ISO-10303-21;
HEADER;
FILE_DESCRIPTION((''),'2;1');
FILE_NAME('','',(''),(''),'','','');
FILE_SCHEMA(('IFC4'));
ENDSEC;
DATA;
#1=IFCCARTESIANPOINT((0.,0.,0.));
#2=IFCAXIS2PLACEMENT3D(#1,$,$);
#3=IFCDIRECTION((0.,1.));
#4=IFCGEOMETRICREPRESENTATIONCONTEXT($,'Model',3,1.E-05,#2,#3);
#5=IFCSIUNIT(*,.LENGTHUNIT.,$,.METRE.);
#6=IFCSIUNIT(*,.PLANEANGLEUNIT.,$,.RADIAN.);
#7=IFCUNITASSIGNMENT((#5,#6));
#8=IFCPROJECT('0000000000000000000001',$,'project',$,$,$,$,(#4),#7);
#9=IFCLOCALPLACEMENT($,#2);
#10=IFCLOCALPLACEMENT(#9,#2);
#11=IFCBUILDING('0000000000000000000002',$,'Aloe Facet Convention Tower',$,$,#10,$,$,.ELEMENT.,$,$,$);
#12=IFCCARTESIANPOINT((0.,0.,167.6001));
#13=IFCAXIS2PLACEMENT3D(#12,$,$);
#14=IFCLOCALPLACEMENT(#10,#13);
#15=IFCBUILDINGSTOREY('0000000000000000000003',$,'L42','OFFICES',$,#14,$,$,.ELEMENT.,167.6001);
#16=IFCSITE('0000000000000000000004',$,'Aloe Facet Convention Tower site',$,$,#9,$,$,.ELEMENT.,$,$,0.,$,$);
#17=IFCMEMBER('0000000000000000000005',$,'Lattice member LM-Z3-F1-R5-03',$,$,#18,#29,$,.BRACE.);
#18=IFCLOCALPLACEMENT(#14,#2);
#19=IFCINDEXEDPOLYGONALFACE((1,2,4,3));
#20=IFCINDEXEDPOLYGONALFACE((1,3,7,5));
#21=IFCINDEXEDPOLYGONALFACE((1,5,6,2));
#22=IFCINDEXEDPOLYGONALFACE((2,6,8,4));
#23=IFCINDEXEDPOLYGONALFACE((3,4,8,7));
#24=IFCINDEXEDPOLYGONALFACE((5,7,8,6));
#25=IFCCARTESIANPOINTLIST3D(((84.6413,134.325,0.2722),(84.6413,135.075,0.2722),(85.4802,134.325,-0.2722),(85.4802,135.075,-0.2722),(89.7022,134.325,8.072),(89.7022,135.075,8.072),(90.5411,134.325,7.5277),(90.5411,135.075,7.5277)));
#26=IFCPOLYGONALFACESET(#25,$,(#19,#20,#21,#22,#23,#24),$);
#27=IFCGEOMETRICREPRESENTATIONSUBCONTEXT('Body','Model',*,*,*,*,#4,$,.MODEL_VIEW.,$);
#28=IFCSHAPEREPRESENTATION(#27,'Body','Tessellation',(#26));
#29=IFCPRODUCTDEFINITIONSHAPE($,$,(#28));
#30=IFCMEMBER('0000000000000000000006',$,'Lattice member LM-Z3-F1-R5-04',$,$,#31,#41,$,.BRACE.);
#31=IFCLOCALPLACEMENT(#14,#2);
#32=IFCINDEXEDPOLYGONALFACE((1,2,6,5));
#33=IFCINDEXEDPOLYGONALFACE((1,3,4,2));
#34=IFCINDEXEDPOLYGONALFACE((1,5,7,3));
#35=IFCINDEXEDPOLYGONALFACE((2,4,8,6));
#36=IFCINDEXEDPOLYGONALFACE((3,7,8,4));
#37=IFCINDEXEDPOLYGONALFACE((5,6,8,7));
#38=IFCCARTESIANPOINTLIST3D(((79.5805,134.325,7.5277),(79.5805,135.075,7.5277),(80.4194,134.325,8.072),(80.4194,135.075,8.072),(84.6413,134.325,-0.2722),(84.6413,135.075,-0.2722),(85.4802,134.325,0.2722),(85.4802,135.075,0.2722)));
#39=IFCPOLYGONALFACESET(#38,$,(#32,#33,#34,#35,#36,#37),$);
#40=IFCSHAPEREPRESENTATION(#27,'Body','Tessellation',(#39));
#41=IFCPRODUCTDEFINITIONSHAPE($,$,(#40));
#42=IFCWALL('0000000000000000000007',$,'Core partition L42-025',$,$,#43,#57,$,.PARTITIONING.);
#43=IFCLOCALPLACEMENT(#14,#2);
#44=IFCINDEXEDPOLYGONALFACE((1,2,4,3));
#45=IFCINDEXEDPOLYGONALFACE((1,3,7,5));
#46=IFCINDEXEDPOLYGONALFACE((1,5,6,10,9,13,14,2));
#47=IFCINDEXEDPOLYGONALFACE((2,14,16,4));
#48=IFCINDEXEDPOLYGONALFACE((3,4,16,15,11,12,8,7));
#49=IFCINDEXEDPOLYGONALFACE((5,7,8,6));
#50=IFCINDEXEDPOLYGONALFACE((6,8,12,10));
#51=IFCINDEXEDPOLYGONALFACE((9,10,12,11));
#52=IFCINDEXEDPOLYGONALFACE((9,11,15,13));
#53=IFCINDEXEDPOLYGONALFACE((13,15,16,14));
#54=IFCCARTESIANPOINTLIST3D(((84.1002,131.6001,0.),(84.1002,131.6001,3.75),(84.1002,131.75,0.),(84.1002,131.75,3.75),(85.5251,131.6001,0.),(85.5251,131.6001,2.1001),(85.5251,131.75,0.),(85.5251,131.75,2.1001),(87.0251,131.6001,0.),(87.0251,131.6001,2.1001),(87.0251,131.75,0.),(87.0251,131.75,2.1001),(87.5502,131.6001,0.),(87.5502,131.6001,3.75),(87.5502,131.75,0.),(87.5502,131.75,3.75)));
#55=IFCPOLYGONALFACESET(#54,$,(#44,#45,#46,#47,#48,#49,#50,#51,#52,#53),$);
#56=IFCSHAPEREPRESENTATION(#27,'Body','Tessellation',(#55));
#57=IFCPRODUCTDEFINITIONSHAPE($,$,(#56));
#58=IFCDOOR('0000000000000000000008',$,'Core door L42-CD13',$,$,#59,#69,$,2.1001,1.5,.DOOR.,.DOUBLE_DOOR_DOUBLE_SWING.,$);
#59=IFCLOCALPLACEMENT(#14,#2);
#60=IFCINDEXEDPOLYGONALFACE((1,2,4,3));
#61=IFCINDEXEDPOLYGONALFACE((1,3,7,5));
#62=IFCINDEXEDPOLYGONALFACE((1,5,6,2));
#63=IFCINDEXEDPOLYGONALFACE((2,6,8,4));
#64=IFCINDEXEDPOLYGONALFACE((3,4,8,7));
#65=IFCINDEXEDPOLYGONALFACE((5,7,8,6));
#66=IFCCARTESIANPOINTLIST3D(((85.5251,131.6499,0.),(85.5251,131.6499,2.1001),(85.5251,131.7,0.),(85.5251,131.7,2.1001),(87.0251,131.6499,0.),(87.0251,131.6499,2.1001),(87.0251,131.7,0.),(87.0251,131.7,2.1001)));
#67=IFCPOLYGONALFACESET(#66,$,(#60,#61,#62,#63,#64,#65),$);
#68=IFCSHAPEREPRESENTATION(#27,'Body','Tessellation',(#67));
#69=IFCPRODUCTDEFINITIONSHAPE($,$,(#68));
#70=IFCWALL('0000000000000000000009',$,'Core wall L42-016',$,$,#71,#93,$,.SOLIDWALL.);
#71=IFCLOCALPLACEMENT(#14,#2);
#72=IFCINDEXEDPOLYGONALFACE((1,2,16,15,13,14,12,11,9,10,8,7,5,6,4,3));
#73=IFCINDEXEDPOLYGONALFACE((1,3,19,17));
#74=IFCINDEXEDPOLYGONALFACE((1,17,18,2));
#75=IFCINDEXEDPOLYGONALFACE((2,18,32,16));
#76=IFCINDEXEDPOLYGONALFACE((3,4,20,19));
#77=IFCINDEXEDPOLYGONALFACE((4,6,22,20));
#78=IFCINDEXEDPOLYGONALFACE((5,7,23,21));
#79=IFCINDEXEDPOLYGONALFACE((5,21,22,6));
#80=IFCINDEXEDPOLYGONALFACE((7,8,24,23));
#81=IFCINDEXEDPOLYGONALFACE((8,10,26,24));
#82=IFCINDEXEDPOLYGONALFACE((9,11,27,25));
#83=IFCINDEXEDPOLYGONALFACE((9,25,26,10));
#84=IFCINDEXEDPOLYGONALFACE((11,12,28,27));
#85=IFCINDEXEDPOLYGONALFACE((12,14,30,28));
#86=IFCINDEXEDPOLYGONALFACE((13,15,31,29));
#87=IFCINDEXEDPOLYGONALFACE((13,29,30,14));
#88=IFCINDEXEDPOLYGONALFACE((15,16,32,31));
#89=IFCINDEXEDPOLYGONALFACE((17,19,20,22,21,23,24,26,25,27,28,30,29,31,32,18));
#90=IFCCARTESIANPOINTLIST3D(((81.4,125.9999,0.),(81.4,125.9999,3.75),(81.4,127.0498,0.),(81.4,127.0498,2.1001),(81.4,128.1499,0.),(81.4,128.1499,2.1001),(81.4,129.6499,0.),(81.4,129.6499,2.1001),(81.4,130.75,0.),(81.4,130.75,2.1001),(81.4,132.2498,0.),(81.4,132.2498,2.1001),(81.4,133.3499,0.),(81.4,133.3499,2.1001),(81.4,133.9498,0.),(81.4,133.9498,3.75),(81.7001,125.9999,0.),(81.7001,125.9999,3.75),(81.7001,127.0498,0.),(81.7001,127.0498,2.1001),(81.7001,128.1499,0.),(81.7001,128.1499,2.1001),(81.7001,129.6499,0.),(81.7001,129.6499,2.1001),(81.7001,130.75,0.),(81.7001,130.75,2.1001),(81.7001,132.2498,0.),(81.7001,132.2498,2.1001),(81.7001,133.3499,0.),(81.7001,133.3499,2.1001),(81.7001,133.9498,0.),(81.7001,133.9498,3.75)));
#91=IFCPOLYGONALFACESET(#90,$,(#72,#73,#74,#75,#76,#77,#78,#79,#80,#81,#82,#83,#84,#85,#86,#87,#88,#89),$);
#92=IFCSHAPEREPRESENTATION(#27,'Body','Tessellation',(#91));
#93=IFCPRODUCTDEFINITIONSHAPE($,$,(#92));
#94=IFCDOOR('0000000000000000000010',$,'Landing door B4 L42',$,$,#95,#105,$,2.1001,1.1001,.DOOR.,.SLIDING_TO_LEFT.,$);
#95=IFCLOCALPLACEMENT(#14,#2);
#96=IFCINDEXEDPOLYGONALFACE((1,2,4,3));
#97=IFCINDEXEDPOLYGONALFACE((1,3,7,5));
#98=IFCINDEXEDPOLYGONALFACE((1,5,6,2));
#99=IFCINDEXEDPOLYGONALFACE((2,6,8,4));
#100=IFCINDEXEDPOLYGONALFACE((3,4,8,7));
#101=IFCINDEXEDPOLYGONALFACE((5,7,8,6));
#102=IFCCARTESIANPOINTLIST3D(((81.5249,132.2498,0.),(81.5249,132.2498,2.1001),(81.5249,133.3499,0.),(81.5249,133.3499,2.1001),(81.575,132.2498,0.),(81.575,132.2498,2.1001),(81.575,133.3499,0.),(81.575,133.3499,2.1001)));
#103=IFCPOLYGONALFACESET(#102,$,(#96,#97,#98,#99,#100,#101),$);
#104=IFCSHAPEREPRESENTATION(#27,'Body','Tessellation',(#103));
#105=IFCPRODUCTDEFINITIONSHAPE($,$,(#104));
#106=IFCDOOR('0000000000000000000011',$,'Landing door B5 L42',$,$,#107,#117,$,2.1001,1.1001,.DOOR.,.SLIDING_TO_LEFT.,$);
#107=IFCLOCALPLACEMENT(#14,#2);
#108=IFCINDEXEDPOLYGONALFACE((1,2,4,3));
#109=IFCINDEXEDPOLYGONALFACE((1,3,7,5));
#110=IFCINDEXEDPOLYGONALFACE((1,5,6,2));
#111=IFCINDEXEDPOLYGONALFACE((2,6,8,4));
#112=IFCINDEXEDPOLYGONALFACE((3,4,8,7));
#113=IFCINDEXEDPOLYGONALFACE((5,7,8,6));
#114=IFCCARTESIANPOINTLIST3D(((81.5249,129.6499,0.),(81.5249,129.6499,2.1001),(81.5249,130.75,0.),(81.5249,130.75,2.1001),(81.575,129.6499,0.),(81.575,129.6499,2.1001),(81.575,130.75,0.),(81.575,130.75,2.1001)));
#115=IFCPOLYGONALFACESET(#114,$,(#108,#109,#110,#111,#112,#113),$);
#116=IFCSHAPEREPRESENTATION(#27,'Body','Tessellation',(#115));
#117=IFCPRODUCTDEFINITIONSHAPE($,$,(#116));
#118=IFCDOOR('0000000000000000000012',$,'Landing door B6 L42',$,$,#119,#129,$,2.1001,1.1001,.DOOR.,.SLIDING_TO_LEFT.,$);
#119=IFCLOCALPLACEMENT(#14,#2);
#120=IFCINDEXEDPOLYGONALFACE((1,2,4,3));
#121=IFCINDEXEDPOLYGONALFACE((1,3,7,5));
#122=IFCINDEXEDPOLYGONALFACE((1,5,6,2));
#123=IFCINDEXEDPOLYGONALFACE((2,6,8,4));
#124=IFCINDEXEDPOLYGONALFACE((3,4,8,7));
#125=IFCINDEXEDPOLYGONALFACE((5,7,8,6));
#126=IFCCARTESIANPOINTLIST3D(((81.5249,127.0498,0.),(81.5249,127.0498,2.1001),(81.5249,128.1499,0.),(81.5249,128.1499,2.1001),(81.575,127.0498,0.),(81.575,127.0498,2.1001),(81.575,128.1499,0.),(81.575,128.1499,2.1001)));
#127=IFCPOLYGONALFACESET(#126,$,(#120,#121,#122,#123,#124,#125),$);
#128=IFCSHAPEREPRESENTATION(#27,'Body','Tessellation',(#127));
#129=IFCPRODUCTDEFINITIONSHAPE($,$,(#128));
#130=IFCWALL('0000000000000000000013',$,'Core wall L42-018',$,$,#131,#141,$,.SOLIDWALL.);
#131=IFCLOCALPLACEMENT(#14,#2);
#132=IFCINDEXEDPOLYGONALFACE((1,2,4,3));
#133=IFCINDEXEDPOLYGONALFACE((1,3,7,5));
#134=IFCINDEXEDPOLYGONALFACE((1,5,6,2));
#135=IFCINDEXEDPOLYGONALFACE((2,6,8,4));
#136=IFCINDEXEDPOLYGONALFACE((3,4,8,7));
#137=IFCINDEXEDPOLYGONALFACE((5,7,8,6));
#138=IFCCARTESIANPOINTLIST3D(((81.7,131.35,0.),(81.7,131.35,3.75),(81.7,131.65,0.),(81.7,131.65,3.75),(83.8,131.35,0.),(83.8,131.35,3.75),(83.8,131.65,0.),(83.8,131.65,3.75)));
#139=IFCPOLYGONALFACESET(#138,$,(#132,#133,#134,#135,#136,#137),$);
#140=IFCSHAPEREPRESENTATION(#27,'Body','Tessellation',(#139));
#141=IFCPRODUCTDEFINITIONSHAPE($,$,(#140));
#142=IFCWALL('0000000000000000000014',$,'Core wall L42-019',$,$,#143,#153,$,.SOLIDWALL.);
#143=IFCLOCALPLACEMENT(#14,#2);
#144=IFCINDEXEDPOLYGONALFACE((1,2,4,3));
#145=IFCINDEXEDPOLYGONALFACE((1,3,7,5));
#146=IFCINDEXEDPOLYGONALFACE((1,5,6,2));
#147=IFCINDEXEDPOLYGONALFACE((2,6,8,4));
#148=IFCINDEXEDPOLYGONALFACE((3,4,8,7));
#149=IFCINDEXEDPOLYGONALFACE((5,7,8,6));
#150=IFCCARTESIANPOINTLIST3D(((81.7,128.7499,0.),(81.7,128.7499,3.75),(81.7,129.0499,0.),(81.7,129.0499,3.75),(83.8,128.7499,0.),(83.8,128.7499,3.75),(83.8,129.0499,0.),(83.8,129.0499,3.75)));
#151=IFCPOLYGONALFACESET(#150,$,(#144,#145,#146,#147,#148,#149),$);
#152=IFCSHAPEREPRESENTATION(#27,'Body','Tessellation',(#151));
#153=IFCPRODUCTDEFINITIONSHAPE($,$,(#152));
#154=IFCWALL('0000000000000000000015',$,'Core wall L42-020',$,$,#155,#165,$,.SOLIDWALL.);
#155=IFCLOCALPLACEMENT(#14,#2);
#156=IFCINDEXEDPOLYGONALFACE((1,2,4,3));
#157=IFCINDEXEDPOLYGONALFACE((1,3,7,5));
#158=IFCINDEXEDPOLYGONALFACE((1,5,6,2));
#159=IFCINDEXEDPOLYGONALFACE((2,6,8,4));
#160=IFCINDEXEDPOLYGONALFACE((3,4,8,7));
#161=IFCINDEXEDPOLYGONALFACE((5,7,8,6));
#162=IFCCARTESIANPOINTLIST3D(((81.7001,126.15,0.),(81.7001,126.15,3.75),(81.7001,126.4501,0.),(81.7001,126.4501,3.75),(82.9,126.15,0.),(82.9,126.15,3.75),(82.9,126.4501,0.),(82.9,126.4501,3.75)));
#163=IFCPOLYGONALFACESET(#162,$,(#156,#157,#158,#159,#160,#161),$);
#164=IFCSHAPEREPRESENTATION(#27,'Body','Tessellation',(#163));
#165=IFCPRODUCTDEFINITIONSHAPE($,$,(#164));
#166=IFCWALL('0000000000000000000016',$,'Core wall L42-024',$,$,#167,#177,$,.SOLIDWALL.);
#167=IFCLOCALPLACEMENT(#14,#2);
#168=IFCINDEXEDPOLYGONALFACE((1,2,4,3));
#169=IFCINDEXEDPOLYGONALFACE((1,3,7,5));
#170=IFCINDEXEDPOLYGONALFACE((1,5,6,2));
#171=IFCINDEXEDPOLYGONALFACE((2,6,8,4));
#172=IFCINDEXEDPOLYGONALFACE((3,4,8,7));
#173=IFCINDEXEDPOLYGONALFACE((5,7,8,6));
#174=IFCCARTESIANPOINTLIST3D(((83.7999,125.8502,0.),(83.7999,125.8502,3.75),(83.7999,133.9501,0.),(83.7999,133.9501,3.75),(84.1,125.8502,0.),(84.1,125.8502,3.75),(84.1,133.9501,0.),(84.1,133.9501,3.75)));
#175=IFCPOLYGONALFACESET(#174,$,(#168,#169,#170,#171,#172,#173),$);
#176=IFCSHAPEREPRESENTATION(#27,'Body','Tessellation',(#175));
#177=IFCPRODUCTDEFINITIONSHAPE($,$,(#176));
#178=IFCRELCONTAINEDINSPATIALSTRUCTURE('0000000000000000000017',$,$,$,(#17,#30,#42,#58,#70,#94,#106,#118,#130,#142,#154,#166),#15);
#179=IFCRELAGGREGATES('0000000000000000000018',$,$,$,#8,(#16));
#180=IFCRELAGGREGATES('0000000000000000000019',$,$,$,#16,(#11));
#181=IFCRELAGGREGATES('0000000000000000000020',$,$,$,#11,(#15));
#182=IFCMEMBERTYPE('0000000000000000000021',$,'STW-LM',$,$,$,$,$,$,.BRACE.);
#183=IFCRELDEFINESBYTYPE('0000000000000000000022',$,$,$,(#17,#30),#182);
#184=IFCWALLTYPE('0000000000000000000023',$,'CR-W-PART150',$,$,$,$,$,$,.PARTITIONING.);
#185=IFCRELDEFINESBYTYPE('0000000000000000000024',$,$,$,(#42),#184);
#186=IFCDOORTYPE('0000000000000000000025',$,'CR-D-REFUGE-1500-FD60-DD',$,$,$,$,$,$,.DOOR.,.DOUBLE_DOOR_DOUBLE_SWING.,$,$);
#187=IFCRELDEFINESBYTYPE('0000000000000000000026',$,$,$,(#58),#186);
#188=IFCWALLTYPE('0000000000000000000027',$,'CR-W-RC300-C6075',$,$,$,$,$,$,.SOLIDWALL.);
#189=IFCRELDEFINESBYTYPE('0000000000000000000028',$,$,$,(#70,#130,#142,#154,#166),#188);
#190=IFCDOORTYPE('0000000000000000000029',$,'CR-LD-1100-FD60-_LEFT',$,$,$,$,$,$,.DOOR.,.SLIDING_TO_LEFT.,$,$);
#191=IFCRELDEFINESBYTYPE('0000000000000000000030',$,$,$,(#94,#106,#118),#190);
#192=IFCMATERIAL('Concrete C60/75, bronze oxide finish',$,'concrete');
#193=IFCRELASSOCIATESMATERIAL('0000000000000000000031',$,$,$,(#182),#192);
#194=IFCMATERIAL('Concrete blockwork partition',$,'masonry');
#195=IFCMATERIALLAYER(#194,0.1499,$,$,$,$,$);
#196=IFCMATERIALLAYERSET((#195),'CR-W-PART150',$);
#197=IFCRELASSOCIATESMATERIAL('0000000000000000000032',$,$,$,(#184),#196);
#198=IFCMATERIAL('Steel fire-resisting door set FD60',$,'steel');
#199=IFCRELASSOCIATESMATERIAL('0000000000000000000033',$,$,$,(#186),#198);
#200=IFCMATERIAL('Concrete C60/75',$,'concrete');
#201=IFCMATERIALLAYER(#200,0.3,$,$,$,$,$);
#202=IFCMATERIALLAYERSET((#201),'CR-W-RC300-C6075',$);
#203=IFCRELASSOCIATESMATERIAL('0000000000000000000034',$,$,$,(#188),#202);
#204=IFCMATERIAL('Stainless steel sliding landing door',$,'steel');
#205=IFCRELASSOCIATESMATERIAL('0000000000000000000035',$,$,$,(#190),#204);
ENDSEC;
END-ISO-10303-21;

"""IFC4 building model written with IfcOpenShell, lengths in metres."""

from ifc_helpers import new_model, si_unit, direction, frame, frame_2d, origin, origin_2d, place, context, subcontext, project, spatial, rectangle, extrude, material, layer, layer_set, material_profile, profile_set, type_object, element, fill, save


model = new_model("IFC4")

# Units and contexts
model_context = context("Model", 3, precision=1e-05, world=origin(), true_north=direction((0.0, 1.0)))
body_context = subcontext(model_context, "Body", "Model", "MODEL_VIEW")
ifc_project = project(units=[si_unit("LENGTHUNIT", "METRE"), si_unit("PLANEANGLEUNIT", "RADIAN")], contexts=[model_context])

# Site, building, storey
site_placement = place(None, origin())
site = spatial("IfcSite", under=ifc_project, at=site_placement, Name="Aloe Facet Convention Tower site", CompositionType="ELEMENT", RefElevation=0.0)
building_placement = place(site_placement, origin())
building = spatial("IfcBuilding", under=site, at=building_placement, Name="Aloe Facet Convention Tower", CompositionType="ELEMENT")
storey_placement = place(building_placement, frame((0.0, 0.0, 167.6001)))
storey = spatial("IfcBuildingStorey", under=building, at=storey_placement, Name="L42", Description="OFFICES", CompositionType="ELEMENT", Elevation=167.6001)

# Members
ifc_material_1 = material(Name="Concrete C60/75, bronze oxide finish", Category="concrete")
ifc_material_profile = material_profile(ifc_material_1, rectangle(XDim=0.75, YDim=1.0, at=origin_2d()), Name="STW-LM")
ifc_profile_set = profile_set([ifc_material_profile], Name="Concrete C60/75, bronze oxide finish")
member_type = type_object("IfcMemberType", Name="STW-LM", PredefinedType="BRACE", material=ifc_profile_set)
for number, where, z_axis, x_axis, name in (
    (1, (85.0608, 134.7, 0.0), (0.544301, 0.0, 0.83889), (0.0, 1.0, 0.0), "Lattice member LM-Z3-F1-R5-03"),
    (2, (85.0608, 134.7, 0.0), (-0.544301, 0.0, 0.83889), (0.0, -1.0, 0.0), "Lattice member LM-Z3-F1-R5-04"),
):
    element("IfcMember", number, at=place(storey_placement, frame(where, z_axis=z_axis, x_axis=x_axis)), inside=storey, type_object=member_type, Name=name, PredefinedType="BRACE", context=body_context, shape_type="SweptSolid", body=[
        extrude(rectangle(XDim=0.75, YDim=1.0, at=origin_2d()), origin(), (0.0, 0.0, 1.0), 9.2979),
    ])

# Wall, opening, door
ifc_material_2 = material(Name="Concrete blockwork partition", Category="masonry")
ifc_layer_1 = layer(ifc_material_2, 0.1499)
ifc_layer_set_1 = layer_set([ifc_layer_1], Name="CR-W-PART150")
wall_type_1 = type_object("IfcWallType", Name="CR-W-PART150", PredefinedType="PARTITIONING", material=ifc_layer_set_1)
wall_1_placement = place(storey_placement, frame((84.1001, 131.675, 0.0), z_axis=(0.0, 0.0, 1.0), x_axis=(1.0, 0.0, 0.0)))
wall_1 = element("IfcWall", 3, at=wall_1_placement, inside=storey, type_object=wall_type_1, Name="Core partition L42-025", PredefinedType="PARTITIONING", context=body_context, shape_type="SweptSolid", body=[
    extrude(rectangle(XDim=3.45, YDim=0.1499, at=frame_2d((1.7251, 0.0))), origin(), (0.0, 0.0, 1.0), 3.75),
])
opening_1_placement = place(wall_1_placement, frame((1.425, 0.0, 0.0)))
opening_1 = element("IfcOpeningElement", 4, at=opening_1_placement, cuts=wall_1, PredefinedType="OPENING", context=body_context, shape_type="SweptSolid", body=[
    extrude(rectangle(XDim=1.5, YDim=2.1001, at=frame_2d((0.75, 1.05))), frame((0.0, 0.085, 0.0), z_axis=(0.0, -1.0, 0.0), x_axis=(1.0, 0.0, 0.0)), (0.0, 0.0, 1.0), 0.1699),
])
ifc_material_3 = material(Name="Steel fire-resisting door set FD60", Category="steel")
door_type_1 = type_object("IfcDoorType", Name="CR-D-REFUGE-1500-FD60-DD", OperationType="DOUBLE_DOOR_DOUBLE_SWING", PredefinedType="DOOR", material=ifc_material_3)
door_1_placement = place(opening_1_placement, origin())
door_1 = element("IfcDoor", 5, at=door_1_placement, inside=storey, type_object=door_type_1, Name="Core door L42-CD13", OperationType="DOUBLE_DOOR_DOUBLE_SWING", OverallHeight=2.1001, OverallWidth=1.5, PredefinedType="DOOR", context=body_context, shape_type="SweptSolid", body=[
    extrude(rectangle(XDim=1.5, YDim=2.1001, at=frame_2d((0.75, 1.05))), frame((0.0, 0.0249, 0.0), z_axis=(0.0, -1.0, 0.0), x_axis=(1.0, 0.0, 0.0)), (0.0, 0.0, 1.0), 0.05),
])
fill(opening_1, door_1)

# Wall, openings, doors
ifc_material_4 = material(Name="Concrete C60/75", Category="concrete")
ifc_layer_2 = layer(ifc_material_4, 0.3)
ifc_layer_set_2 = layer_set([ifc_layer_2], Name="CR-W-RC300-C6075")
wall_type_2 = type_object("IfcWallType", Name="CR-W-RC300-C6075", PredefinedType="SOLIDWALL", material=ifc_layer_set_2)
wall_2_placement = place(storey_placement, frame((81.55, 133.95, 0.0), z_axis=(0.0, 0.0, 1.0), x_axis=(0.0, -1.0, 0.0)))
wall_2 = element("IfcWall", 6, at=wall_2_placement, inside=storey, type_object=wall_type_2, Name="Core wall L42-016", PredefinedType="SOLIDWALL", context=body_context, shape_type="SweptSolid", body=[
    extrude(rectangle(XDim=7.95, YDim=0.3, at=frame_2d((3.9751, 0.0))), origin(), (0.0, 0.0, 1.0), 3.75),
])
opening_2_placement = place(wall_2_placement, frame((0.6001, 0.0, 0.0)))
opening_2 = element("IfcOpeningElement", 7, at=opening_2_placement, cuts=wall_2, PredefinedType="OPENING", context=body_context, shape_type="SweptSolid", body=[
    extrude(rectangle(XDim=1.1001, YDim=2.1001, at=frame_2d((0.55, 1.05))), frame((0.0, 0.1602, 0.0), z_axis=(0.0, -1.0, 0.0), x_axis=(1.0, 0.0, 0.0)), (0.0, 0.0, 1.0), 0.3201),
])
opening_3_placement = place(wall_2_placement, frame((3.2, 0.0, 0.0)))
opening_3 = element("IfcOpeningElement", 8, at=opening_3_placement, cuts=wall_2, PredefinedType="OPENING", context=body_context, shape_type="SweptSolid", body=[
    extrude(rectangle(XDim=1.1001, YDim=2.1001, at=frame_2d((0.55, 1.05))), frame((0.0, 0.1602, 0.0), z_axis=(0.0, -1.0, 0.0), x_axis=(1.0, 0.0, 0.0)), (0.0, 0.0, 1.0), 0.3201),
])
opening_4_placement = place(wall_2_placement, frame((5.8, 0.0, 0.0)))
opening_4 = element("IfcOpeningElement", 9, at=opening_4_placement, cuts=wall_2, PredefinedType="OPENING", context=body_context, shape_type="SweptSolid", body=[
    extrude(rectangle(XDim=1.1001, YDim=2.1001, at=frame_2d((0.55, 1.05))), frame((0.0, 0.1602, 0.0), z_axis=(0.0, -1.0, 0.0), x_axis=(1.0, 0.0, 0.0)), (0.0, 0.0, 1.0), 0.3201),
])
ifc_material_5 = material(Name="Stainless steel sliding landing door", Category="steel")
door_type_2 = type_object("IfcDoorType", Name="CR-LD-1100-FD60-_LEFT", OperationType="SLIDING_TO_LEFT", PredefinedType="DOOR", material=ifc_material_5)
door_2_placement = place(opening_2_placement, origin())
door_2 = element("IfcDoor", 10, at=door_2_placement, inside=storey, type_object=door_type_2, Name="Landing door B4 L42", OperationType="SLIDING_TO_LEFT", OverallHeight=2.1001, OverallWidth=1.1001, PredefinedType="DOOR", context=body_context, shape_type="SweptSolid", body=[
    extrude(rectangle(XDim=1.1001, YDim=2.1001, at=frame_2d((0.55, 1.05))), frame((0.0, 0.0249, 0.0), z_axis=(0.0, -1.0, 0.0), x_axis=(1.0, 0.0, 0.0)), (0.0, 0.0, 1.0), 0.05),
])
fill(opening_2, door_2)
door_3_placement = place(opening_3_placement, origin())
door_3 = element("IfcDoor", 11, at=door_3_placement, inside=storey, type_object=door_type_2, Name="Landing door B5 L42", OperationType="SLIDING_TO_LEFT", OverallHeight=2.1001, OverallWidth=1.1001, PredefinedType="DOOR", context=body_context, shape_type="SweptSolid", body=[
    extrude(rectangle(XDim=1.1001, YDim=2.1001, at=frame_2d((0.55, 1.05))), frame((0.0, 0.0249, 0.0), z_axis=(0.0, -1.0, 0.0), x_axis=(1.0, 0.0, 0.0)), (0.0, 0.0, 1.0), 0.05),
])
fill(opening_3, door_3)
door_4_placement = place(opening_4_placement, origin())
door_4 = element("IfcDoor", 12, at=door_4_placement, inside=storey, type_object=door_type_2, Name="Landing door B6 L42", OperationType="SLIDING_TO_LEFT", OverallHeight=2.1001, OverallWidth=1.1001, PredefinedType="DOOR", context=body_context, shape_type="SweptSolid", body=[
    extrude(rectangle(XDim=1.1001, YDim=2.1001, at=frame_2d((0.55, 1.05))), frame((0.0, 0.0249, 0.0), z_axis=(0.0, -1.0, 0.0), x_axis=(1.0, 0.0, 0.0)), (0.0, 0.0, 1.0), 0.05),
])
fill(opening_4, door_4)

# Walls
for number, where, z_axis, x_axis, name in (
    (13, (81.7, 131.5, 0.0), (0.0, 0.0, 1.0), (1.0, 0.0, 0.0), "Core wall L42-018"),
    (14, (81.7, 128.8999, 0.0), (0.0, 0.0, 1.0), (1.0, 0.0, 0.0), "Core wall L42-019"),
):
    element("IfcWall", number, at=place(storey_placement, frame(where, z_axis=z_axis, x_axis=x_axis)), inside=storey, type_object=wall_type_2, Name=name, PredefinedType="SOLIDWALL", context=body_context, shape_type="SweptSolid", body=[
        extrude(rectangle(XDim=2.1001, YDim=0.3, at=frame_2d((1.05, 0.0))), origin(), (0.0, 0.0, 1.0), 3.75),
    ])
wall_3_placement = place(storey_placement, frame((81.7, 126.3, 0.0), z_axis=(0.0, 0.0, 1.0), x_axis=(1.0, 0.0, 0.0)))
element("IfcWall", 15, at=wall_3_placement, inside=storey, type_object=wall_type_2, Name="Core wall L42-020", PredefinedType="SOLIDWALL", context=body_context, shape_type="SweptSolid", body=[
    extrude(rectangle(XDim=1.2, YDim=0.3, at=frame_2d((0.6001, 0.0))), origin(), (0.0, 0.0, 1.0), 3.75),
])
wall_4_placement = place(storey_placement, frame((83.95, 133.95, 0.0), z_axis=(0.0, 0.0, 1.0), x_axis=(0.0, -1.0, 0.0)))
element("IfcWall", 16, at=wall_4_placement, inside=storey, type_object=wall_type_2, Name="Core wall L42-024", PredefinedType="SOLIDWALL", context=body_context, shape_type="SweptSolid", body=[
    extrude(rectangle(XDim=8.0999, YDim=0.3, at=frame_2d((4.0498, 0.0))), origin(), (0.0, 0.0, 1.0), 3.75),
])

save(model, "model.ifc")
